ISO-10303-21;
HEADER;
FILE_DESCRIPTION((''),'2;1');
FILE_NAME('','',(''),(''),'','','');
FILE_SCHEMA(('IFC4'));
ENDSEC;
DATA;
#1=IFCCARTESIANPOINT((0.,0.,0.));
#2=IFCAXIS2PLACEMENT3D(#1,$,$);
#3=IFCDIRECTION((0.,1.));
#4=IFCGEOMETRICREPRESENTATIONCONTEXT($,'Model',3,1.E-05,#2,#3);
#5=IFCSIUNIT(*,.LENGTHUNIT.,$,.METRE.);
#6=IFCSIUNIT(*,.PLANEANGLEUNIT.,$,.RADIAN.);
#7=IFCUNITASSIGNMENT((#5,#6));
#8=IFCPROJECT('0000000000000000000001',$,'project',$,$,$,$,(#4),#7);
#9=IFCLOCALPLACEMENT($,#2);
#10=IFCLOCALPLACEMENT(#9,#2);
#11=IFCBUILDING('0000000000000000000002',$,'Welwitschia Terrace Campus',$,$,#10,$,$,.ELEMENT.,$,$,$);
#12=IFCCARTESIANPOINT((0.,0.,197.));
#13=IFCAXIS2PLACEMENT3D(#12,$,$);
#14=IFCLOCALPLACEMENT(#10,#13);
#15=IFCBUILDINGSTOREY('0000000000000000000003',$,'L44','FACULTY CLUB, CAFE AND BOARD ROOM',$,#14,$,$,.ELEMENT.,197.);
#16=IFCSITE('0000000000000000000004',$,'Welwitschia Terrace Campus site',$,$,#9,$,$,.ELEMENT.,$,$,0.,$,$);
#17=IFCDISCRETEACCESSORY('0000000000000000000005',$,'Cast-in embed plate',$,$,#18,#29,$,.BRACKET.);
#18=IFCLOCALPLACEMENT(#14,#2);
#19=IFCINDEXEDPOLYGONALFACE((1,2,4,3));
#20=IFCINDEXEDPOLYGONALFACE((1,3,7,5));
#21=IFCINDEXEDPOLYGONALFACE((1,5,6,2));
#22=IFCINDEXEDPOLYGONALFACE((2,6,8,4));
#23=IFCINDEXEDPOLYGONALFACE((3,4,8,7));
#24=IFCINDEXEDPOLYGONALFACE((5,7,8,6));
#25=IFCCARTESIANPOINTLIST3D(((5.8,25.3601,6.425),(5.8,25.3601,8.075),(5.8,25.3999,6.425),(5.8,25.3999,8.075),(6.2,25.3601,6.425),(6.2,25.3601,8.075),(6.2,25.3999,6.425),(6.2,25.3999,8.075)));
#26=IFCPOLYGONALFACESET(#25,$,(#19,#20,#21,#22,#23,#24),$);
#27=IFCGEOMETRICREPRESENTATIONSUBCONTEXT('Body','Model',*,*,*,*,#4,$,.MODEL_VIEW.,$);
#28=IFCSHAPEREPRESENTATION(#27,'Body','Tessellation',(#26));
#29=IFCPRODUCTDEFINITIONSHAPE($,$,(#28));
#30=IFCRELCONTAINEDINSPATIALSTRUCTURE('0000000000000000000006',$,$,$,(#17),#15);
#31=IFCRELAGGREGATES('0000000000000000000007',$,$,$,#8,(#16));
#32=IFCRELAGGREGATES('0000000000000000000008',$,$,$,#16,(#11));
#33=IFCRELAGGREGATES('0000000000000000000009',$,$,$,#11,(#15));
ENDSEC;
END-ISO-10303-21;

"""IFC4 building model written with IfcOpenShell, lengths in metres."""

from ifc_helpers import new_model, si_unit, direction, frame, origin, origin_2d, place, context, subcontext, project, spatial, rectangle, extrude, element, save


model = new_model("IFC4")

# Units and contexts
model_context = context("Model", 3, precision=1e-05, world=origin(), true_north=direction((0.0, 1.0)))
body_context = subcontext(model_context, "Body", "Model", "MODEL_VIEW")
ifc_project = project(units=[si_unit("LENGTHUNIT", "METRE"), si_unit("PLANEANGLEUNIT", "RADIAN")], contexts=[model_context])

# Site, building, storey
site_placement = place(None, origin())
site = spatial("IfcSite", under=ifc_project, at=site_placement, Name="Welwitschia Terrace Campus site", CompositionType="ELEMENT", RefElevation=0.0)
building_placement = place(site_placement, origin())
building = spatial("IfcBuilding", under=site, at=building_placement, Name="Welwitschia Terrace Campus", CompositionType="ELEMENT")
storey_placement = place(building_placement, frame((0.0, 0.0, 197.0)))
storey = spatial("IfcBuildingStorey", under=building, at=storey_placement, Name="L44", Description="FACULTY CLUB, CAFE AND BOARD ROOM", CompositionType="ELEMENT", Elevation=197.0)

# Discrete accessory
discrete_accessory_1_placement = place(storey_placement, frame((6.0, 25.3999, 7.25), z_axis=(0.0, -1.0, 0.0), x_axis=(1.0, 0.0, 0.0)))
element("IfcDiscreteAccessory", 1, at=discrete_accessory_1_placement, inside=storey, Name="Cast-in embed plate", PredefinedType="BRACKET", context=body_context, shape_type="SweptSolid", body=[
    extrude(rectangle(XDim=0.3999, YDim=1.6499, at=origin_2d()), origin(), (0.0, 0.0, 1.0), 0.0398),
])

save(model, "model.ifc")
